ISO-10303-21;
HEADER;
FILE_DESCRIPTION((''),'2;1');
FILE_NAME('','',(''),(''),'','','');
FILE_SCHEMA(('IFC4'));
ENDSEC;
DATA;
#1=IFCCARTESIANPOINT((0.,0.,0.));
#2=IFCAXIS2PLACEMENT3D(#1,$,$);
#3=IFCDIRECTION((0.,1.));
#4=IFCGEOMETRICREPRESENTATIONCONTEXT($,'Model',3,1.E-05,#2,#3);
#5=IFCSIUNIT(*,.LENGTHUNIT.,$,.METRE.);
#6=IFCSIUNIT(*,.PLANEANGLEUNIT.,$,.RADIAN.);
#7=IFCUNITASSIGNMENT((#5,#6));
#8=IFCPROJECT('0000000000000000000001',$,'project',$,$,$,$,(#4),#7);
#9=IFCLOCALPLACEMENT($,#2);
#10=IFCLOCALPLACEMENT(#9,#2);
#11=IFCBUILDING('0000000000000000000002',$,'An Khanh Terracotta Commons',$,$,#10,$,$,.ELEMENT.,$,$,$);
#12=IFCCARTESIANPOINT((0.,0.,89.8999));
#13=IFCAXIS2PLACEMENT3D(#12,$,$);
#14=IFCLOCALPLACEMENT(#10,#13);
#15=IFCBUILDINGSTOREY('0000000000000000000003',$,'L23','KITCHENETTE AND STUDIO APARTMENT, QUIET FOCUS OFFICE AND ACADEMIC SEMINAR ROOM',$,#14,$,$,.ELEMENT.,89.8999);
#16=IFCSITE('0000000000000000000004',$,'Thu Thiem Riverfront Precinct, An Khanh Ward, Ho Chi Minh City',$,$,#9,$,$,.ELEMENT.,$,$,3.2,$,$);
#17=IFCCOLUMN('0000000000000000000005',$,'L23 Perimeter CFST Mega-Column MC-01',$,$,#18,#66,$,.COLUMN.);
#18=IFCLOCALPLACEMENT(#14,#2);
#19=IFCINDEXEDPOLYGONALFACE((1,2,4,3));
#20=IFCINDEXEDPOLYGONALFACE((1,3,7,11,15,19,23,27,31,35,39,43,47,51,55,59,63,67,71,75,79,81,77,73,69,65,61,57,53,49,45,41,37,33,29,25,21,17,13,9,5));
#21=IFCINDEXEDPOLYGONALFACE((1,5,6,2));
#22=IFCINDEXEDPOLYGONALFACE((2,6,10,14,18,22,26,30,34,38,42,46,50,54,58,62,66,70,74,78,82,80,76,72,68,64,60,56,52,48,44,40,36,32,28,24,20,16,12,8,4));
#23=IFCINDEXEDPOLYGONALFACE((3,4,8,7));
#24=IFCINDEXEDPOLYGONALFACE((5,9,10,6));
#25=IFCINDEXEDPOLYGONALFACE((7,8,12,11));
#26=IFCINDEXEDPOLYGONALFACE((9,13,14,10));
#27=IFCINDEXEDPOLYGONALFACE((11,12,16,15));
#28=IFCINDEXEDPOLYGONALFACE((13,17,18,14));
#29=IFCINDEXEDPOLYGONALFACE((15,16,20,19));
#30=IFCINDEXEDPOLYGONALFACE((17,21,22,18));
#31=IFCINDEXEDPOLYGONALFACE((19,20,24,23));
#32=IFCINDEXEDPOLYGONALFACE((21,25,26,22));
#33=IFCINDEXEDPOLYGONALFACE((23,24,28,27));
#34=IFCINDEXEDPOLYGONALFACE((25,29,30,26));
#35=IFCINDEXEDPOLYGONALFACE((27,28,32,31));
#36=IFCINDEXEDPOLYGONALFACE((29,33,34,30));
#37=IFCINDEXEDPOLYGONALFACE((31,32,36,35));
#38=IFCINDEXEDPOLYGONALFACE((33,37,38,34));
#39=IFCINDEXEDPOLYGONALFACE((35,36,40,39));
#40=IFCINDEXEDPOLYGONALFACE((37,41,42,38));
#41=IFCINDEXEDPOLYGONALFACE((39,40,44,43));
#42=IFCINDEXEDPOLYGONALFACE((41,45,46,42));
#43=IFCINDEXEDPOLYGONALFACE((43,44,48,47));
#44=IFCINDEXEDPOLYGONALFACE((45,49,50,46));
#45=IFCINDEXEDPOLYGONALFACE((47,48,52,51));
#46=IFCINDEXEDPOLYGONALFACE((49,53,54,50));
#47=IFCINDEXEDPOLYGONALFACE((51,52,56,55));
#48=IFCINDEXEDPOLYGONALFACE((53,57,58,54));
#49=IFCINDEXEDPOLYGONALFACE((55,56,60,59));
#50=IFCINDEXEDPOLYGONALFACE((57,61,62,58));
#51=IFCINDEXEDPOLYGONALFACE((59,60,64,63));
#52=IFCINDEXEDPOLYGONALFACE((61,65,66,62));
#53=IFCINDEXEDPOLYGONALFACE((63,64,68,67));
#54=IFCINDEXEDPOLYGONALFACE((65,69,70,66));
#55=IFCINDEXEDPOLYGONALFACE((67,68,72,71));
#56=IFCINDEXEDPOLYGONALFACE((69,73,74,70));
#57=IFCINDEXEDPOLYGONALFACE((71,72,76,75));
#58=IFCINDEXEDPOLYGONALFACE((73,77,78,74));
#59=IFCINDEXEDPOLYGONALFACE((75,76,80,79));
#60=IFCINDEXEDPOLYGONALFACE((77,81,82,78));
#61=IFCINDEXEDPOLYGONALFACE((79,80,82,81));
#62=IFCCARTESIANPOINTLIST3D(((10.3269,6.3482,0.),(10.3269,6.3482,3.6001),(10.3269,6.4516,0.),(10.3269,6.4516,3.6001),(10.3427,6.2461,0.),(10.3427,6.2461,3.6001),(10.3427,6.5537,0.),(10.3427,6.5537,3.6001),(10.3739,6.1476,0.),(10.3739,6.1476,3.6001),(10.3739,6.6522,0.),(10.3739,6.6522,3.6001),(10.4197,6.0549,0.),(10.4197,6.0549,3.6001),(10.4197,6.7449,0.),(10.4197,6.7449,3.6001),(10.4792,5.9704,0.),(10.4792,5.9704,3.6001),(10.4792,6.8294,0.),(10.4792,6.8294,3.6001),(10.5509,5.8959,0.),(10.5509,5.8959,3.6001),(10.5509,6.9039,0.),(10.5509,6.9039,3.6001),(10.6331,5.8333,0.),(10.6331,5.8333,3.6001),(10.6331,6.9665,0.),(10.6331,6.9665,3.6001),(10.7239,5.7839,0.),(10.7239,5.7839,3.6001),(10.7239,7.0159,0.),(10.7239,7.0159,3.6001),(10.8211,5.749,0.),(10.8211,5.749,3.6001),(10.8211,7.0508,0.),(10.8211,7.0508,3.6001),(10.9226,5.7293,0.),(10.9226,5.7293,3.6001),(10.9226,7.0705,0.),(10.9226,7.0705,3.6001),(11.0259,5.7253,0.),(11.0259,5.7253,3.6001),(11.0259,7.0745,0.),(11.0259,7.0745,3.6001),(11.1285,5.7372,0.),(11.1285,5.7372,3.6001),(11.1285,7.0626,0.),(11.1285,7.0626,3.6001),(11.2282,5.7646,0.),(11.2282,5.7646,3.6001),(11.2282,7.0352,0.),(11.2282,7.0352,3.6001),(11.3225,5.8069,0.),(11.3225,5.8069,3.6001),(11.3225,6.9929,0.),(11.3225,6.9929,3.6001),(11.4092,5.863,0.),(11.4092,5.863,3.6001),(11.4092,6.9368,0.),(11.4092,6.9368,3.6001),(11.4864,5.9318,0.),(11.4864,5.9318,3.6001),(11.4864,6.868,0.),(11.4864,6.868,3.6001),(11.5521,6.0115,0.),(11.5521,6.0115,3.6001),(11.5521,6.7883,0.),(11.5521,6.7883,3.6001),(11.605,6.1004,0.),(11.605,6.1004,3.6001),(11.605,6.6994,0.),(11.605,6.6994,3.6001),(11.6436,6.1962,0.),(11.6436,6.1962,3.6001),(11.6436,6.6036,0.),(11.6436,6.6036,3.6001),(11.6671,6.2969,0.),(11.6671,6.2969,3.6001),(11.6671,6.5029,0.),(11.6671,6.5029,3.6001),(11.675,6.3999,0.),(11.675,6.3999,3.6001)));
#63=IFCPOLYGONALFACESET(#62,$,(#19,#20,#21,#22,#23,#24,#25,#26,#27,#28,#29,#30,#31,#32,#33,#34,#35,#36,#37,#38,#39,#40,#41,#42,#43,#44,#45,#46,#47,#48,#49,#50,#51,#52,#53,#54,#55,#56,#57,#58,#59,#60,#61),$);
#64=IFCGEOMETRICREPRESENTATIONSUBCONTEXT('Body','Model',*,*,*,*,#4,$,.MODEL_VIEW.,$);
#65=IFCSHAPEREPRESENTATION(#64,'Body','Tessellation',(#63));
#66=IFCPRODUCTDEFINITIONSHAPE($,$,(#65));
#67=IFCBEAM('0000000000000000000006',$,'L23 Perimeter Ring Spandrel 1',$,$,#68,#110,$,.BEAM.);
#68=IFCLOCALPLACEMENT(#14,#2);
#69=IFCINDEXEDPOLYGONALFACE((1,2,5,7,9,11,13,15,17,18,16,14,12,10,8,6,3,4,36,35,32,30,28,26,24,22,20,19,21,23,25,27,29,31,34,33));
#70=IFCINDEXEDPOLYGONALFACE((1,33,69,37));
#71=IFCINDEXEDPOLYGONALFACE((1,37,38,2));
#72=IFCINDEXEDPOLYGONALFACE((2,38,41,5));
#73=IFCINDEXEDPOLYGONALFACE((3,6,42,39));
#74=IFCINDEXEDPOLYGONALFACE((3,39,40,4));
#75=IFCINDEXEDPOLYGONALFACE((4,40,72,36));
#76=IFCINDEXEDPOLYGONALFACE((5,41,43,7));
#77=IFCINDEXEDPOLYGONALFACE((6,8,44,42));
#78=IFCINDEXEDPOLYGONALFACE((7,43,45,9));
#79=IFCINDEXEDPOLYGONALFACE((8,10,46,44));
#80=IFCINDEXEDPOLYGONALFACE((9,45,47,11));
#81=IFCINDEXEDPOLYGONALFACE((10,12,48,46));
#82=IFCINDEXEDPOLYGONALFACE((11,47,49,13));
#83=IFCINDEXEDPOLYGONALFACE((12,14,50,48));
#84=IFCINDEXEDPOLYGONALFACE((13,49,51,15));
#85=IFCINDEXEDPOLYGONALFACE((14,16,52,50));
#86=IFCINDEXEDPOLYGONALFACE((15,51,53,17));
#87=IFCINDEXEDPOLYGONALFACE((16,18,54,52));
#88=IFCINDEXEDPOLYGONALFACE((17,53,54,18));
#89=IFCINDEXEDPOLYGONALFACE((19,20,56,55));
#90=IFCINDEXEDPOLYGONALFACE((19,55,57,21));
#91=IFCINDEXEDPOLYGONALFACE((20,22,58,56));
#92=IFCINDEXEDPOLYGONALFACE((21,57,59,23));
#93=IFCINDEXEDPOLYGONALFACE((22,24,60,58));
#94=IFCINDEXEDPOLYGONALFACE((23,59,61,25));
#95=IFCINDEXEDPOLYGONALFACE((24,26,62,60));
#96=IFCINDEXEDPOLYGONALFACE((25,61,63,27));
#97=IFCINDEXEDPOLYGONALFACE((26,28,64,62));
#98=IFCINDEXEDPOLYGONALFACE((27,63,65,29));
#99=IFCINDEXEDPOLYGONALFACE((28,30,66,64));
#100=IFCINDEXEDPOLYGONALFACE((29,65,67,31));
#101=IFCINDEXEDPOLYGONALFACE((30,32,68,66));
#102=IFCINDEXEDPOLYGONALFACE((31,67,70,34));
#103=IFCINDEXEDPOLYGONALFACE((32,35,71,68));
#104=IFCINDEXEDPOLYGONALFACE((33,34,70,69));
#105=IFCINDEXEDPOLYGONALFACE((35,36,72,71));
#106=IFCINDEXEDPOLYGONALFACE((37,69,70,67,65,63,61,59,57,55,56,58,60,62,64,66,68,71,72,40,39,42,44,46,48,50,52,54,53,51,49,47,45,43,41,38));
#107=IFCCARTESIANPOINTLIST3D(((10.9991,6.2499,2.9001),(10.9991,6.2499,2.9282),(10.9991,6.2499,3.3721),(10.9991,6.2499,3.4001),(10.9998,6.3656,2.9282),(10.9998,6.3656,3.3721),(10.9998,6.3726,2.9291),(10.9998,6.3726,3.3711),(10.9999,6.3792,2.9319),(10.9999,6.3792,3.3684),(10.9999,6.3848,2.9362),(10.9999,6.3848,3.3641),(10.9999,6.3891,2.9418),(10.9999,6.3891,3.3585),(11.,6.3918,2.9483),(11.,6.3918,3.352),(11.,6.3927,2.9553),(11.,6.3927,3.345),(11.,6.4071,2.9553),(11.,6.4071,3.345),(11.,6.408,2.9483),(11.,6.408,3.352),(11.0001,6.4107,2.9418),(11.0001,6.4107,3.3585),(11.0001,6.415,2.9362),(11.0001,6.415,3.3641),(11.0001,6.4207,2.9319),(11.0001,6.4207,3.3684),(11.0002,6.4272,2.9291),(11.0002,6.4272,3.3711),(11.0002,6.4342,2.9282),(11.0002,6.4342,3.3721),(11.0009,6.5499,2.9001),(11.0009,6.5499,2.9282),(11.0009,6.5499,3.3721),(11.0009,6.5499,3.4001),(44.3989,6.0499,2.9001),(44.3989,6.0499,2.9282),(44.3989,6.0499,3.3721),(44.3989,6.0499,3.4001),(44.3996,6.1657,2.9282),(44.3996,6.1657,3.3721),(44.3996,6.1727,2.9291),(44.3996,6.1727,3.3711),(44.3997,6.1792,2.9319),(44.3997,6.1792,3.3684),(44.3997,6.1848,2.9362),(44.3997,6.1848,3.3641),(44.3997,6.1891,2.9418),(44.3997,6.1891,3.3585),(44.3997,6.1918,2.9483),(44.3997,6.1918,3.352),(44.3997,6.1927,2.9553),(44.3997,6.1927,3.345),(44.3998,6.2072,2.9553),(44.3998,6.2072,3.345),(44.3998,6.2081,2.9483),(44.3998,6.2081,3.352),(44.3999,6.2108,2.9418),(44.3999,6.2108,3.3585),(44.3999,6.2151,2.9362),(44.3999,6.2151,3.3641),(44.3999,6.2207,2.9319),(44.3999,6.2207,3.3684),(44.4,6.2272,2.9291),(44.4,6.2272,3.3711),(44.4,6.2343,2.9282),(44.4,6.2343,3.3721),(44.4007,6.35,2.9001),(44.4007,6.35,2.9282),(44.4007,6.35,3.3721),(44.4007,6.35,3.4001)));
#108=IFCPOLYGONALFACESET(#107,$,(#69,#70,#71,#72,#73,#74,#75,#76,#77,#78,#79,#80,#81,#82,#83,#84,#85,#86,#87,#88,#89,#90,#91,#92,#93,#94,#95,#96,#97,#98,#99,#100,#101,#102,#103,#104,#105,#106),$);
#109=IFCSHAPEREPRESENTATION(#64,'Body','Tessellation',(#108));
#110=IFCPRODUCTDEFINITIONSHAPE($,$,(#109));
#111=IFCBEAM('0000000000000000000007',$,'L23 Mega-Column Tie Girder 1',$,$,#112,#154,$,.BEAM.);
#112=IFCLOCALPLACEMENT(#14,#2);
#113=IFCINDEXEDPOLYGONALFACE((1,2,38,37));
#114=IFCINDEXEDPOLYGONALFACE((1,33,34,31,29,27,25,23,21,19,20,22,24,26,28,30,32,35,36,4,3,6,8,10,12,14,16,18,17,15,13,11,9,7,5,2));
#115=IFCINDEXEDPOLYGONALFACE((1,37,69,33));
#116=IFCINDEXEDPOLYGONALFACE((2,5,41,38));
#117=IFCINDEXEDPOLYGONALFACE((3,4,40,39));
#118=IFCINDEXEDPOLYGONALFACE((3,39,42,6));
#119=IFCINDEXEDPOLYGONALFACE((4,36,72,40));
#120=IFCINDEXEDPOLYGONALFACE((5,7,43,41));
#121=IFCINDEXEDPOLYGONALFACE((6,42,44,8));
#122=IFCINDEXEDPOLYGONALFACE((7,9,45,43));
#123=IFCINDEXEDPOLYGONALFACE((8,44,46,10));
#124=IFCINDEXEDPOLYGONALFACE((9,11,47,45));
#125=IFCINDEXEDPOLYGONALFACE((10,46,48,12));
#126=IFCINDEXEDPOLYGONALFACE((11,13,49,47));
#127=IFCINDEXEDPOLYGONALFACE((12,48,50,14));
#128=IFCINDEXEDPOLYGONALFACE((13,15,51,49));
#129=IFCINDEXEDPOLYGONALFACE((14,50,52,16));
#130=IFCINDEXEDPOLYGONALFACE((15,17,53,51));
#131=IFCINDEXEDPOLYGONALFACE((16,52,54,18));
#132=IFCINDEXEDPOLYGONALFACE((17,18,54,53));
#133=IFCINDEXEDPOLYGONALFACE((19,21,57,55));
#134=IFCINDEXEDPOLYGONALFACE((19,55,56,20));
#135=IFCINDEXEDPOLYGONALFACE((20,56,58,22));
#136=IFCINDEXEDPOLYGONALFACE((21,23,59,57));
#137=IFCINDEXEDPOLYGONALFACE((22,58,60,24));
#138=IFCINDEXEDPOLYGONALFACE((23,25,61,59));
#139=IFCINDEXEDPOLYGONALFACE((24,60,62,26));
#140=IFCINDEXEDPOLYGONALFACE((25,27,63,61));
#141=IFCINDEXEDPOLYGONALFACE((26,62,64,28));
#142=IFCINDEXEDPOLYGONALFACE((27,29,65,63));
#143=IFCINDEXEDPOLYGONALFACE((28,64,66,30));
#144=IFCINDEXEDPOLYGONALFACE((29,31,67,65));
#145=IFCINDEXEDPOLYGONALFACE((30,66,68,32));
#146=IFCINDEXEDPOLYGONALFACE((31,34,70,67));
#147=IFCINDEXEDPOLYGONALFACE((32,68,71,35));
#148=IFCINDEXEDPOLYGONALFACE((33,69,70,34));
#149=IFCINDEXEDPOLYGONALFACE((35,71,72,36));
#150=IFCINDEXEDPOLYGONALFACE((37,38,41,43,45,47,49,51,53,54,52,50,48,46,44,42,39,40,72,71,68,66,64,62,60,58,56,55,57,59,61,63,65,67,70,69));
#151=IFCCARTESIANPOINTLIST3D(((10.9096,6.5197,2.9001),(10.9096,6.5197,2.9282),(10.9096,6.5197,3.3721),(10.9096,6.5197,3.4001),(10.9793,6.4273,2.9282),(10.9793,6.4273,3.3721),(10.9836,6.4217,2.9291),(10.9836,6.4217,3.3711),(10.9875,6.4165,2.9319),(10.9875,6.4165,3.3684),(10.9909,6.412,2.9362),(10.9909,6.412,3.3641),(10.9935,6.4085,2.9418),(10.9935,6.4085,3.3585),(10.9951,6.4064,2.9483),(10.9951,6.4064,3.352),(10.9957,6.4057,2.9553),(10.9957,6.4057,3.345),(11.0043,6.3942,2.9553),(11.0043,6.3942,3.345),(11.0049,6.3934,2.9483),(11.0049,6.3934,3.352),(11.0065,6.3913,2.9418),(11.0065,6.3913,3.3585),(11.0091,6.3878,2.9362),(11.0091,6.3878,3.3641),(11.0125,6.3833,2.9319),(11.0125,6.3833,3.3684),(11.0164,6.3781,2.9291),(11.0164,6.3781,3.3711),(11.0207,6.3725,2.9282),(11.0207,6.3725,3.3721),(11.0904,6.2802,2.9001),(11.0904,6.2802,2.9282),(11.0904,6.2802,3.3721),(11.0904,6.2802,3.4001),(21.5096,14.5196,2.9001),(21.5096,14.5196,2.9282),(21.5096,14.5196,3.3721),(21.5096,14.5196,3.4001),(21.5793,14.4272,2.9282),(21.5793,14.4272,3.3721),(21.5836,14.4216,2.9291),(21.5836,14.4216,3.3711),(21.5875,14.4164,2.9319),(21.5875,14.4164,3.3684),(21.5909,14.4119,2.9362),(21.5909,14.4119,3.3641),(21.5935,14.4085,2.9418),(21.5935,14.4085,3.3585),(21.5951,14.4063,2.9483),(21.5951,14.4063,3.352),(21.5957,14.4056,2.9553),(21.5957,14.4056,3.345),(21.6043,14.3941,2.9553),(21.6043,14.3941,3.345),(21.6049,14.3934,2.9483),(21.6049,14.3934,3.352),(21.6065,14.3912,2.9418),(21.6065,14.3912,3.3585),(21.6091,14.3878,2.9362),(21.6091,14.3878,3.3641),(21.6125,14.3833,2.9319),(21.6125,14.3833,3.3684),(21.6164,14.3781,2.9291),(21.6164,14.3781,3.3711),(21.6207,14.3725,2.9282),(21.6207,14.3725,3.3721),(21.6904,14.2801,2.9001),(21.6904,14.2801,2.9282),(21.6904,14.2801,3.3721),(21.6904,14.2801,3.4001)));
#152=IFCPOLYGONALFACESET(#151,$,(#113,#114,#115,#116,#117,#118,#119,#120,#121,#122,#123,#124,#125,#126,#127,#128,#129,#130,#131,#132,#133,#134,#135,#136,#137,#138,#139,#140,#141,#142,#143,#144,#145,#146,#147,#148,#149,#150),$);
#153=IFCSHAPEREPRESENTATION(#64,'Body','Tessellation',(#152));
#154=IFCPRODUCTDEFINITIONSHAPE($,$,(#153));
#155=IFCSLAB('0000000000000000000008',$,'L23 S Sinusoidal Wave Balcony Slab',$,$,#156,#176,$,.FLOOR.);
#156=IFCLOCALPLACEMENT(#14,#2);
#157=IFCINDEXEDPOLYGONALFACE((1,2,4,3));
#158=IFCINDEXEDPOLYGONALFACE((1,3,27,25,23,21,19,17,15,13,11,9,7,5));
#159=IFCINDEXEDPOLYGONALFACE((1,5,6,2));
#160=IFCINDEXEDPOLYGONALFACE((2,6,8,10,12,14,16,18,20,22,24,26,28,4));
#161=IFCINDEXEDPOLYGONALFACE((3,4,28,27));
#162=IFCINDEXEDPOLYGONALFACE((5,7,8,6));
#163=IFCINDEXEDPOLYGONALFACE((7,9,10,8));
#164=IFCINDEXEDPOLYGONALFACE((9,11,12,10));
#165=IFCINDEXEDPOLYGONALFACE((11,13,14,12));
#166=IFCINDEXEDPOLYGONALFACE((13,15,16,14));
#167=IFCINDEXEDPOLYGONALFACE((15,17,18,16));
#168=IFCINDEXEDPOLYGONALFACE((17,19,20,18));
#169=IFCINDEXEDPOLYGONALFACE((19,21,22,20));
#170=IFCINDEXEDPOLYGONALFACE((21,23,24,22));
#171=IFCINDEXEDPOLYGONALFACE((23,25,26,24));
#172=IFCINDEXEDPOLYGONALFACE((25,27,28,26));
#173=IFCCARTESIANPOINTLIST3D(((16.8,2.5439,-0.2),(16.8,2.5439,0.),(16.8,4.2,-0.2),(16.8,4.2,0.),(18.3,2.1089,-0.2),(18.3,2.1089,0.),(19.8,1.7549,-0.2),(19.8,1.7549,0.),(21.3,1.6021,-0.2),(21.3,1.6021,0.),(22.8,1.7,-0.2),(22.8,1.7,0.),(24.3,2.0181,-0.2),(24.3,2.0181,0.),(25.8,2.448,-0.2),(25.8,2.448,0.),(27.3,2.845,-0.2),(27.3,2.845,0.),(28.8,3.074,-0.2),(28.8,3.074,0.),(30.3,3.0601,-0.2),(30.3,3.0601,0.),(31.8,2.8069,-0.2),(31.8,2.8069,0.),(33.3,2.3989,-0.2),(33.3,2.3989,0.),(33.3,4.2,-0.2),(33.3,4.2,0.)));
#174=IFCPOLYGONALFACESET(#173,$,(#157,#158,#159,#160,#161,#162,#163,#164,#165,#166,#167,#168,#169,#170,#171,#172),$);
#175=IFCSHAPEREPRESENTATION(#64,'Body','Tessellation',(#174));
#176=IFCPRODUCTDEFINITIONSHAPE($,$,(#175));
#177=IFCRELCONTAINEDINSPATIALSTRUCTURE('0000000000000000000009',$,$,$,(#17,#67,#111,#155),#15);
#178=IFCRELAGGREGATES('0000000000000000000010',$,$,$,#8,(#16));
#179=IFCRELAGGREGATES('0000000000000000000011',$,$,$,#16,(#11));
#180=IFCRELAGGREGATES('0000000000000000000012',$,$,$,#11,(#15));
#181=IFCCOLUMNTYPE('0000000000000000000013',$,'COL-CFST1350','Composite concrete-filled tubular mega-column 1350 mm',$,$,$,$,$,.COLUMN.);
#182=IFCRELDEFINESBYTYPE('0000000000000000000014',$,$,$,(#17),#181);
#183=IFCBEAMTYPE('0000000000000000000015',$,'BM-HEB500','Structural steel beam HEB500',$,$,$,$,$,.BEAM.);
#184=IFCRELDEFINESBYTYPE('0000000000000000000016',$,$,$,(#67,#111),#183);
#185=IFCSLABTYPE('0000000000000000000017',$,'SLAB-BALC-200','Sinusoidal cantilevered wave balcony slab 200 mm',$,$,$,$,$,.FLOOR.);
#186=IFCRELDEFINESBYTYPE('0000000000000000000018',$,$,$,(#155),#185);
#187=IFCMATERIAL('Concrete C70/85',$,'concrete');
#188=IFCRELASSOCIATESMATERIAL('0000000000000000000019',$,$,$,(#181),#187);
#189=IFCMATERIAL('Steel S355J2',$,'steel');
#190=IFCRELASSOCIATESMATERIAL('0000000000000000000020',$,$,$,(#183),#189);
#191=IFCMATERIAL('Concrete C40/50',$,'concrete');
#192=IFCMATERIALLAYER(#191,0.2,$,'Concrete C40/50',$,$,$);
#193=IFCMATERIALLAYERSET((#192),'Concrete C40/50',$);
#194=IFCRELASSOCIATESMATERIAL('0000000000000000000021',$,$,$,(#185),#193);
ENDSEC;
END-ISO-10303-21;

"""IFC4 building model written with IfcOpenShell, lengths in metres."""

from ifc_helpers import new_model, si_unit, direction, frame, origin, origin_2d, place, context, subcontext, project, spatial, polyline, circle, i_section, outline, extrude, material, layer, layer_set, material_profile, profile_set, type_object, element, save


model = new_model("IFC4")

# Units and contexts
model_context = context("Model", 3, precision=1e-05, world=origin(), true_north=direction((0.0, 1.0)))
body_context = subcontext(model_context, "Body", "Model", "MODEL_VIEW")
ifc_project = project(units=[si_unit("LENGTHUNIT", "METRE"), si_unit("PLANEANGLEUNIT", "RADIAN")], contexts=[model_context])

# Site, building, storey
site_placement = place(None, origin())
site = spatial("IfcSite", under=ifc_project, at=site_placement, Name="Thu Thiem Riverfront Precinct, An Khanh Ward, Ho Chi Minh City", CompositionType="ELEMENT", RefElevation=3.2)
building_placement = place(site_placement, origin())
building = spatial("IfcBuilding", under=site, at=building_placement, Name="An Khanh Terracotta Commons", CompositionType="ELEMENT")
storey_placement = place(building_placement, frame((0.0, 0.0, 89.8999)))
storey = spatial("IfcBuildingStorey", under=building, at=storey_placement, Name="L23", Description="KITCHENETTE AND STUDIO APARTMENT, QUIET FOCUS OFFICE AND ACADEMIC SEMINAR ROOM", CompositionType="ELEMENT", Elevation=89.8999)

# Column
ifc_material_1 = material(Name="Concrete C70/85", Category="concrete")
ifc_material_profile_1 = material_profile(ifc_material_1, circle(Radius=0.675, at=origin_2d()), Name="CFST1350")
ifc_profile_set_1 = profile_set([ifc_material_profile_1], Name="Concrete C70/85")
column_type = type_object("IfcColumnType", Name="COL-CFST1350", Description="Composite concrete-filled tubular mega-column 1350 mm", PredefinedType="COLUMN", material=ifc_profile_set_1)
column_placement = place(storey_placement, frame((11.0, 6.3999, 0.0), z_axis=(0.0, 0.0, 1.0), x_axis=(1.0, 0.0, 0.0)))
element("IfcColumn", 1, at=column_placement, inside=storey, type_object=column_type, Name="L23 Perimeter CFST Mega-Column MC-01", PredefinedType="COLUMN", context=body_context, shape_type="SweptSolid", body=[
    extrude(circle(Radius=0.675, at=origin_2d()), origin(), (0.0, 0.0, 1.0), 3.6001),
])

# Beams
ifc_material_2 = material(Name="Steel S355J2", Category="steel")
ifc_material_profile_2 = material_profile(ifc_material_2, i_section(OverallWidth=0.3, OverallDepth=0.5, WebThickness=0.0144, FlangeThickness=0.0281, FilletRadius=0.0271, at=origin_2d()), Name="HEB500")
ifc_profile_set_2 = profile_set([ifc_material_profile_2], Name="Steel S355J2")
beam_type = type_object("IfcBeamType", Name="BM-HEB500", Description="Structural steel beam HEB500", PredefinedType="BEAM", material=ifc_profile_set_2)
beam_1_placement = place(storey_placement, frame((11.0, 6.3999, 3.1501), z_axis=(0.999982, -0.005986, 0.0), x_axis=(0.005986, 0.999982, 0.0)))
element("IfcBeam", 2, at=beam_1_placement, inside=storey, type_object=beam_type, Name="L23 Perimeter Ring Spandrel 1", PredefinedType="BEAM", context=body_context, shape_type="SweptSolid", body=[
    extrude(i_section(OverallWidth=0.3, OverallDepth=0.5, WebThickness=0.0144, FlangeThickness=0.0281, FilletRadius=0.0271, at=origin_2d()), origin(), (0.0, 0.0, 1.0), 33.4004),
])
beam_2_placement = place(storey_placement, frame((11.0, 6.3999, 3.1501), z_axis=(0.798192, 0.602403, 0.0), x_axis=(-0.602403, 0.798192, 0.0)))
element("IfcBeam", 3, at=beam_2_placement, inside=storey, type_object=beam_type, Name="L23 Mega-Column Tie Girder 1", PredefinedType="BEAM", context=body_context, shape_type="SweptSolid", body=[
    extrude(i_section(OverallWidth=0.3, OverallDepth=0.5, WebThickness=0.0144, FlangeThickness=0.0281, FilletRadius=0.0271, at=origin_2d()), origin(), (0.0, 0.0, 1.0), 13.28),
])

# Slab
ifc_material_3 = material(Name="Concrete C40/50", Category="concrete")
ifc_layer_1 = layer(ifc_material_3, 0.2, Name="Concrete C40/50")
ifc_layer_set_1 = layer_set([ifc_layer_1], Name="Concrete C40/50")
slab_type_1 = type_object("IfcSlabType", Name="SLAB-BALC-200", Description="Sinusoidal cantilevered wave balcony slab 200 mm", PredefinedType="FLOOR", material=ifc_layer_set_1)
slab_1_placement = place(storey_placement, frame((0.0, 0.0, -0.2)))
element("IfcSlab", 4, at=slab_1_placement, inside=storey, type_object=slab_type_1, Name="L23 S Sinusoidal Wave Balcony Slab", PredefinedType="FLOOR", context=body_context, shape_type="SweptSolid", body=[
    extrude(outline(polyline([(16.8, 4.2), (16.8, 2.5439), (18.3, 2.1089), (19.8, 1.7549), (21.3, 1.6021), (22.8, 1.7), (24.3, 2.0181), (25.8, 2.448), (27.3, 2.845), (28.8, 3.074), (30.3, 3.0601), (31.8, 2.8069), (33.3, 2.3989), (33.3, 4.2), (16.8, 4.2)])), origin(), (0.0, 0.0, 1.0), 0.2),
])

save(model, "model.ifc")
